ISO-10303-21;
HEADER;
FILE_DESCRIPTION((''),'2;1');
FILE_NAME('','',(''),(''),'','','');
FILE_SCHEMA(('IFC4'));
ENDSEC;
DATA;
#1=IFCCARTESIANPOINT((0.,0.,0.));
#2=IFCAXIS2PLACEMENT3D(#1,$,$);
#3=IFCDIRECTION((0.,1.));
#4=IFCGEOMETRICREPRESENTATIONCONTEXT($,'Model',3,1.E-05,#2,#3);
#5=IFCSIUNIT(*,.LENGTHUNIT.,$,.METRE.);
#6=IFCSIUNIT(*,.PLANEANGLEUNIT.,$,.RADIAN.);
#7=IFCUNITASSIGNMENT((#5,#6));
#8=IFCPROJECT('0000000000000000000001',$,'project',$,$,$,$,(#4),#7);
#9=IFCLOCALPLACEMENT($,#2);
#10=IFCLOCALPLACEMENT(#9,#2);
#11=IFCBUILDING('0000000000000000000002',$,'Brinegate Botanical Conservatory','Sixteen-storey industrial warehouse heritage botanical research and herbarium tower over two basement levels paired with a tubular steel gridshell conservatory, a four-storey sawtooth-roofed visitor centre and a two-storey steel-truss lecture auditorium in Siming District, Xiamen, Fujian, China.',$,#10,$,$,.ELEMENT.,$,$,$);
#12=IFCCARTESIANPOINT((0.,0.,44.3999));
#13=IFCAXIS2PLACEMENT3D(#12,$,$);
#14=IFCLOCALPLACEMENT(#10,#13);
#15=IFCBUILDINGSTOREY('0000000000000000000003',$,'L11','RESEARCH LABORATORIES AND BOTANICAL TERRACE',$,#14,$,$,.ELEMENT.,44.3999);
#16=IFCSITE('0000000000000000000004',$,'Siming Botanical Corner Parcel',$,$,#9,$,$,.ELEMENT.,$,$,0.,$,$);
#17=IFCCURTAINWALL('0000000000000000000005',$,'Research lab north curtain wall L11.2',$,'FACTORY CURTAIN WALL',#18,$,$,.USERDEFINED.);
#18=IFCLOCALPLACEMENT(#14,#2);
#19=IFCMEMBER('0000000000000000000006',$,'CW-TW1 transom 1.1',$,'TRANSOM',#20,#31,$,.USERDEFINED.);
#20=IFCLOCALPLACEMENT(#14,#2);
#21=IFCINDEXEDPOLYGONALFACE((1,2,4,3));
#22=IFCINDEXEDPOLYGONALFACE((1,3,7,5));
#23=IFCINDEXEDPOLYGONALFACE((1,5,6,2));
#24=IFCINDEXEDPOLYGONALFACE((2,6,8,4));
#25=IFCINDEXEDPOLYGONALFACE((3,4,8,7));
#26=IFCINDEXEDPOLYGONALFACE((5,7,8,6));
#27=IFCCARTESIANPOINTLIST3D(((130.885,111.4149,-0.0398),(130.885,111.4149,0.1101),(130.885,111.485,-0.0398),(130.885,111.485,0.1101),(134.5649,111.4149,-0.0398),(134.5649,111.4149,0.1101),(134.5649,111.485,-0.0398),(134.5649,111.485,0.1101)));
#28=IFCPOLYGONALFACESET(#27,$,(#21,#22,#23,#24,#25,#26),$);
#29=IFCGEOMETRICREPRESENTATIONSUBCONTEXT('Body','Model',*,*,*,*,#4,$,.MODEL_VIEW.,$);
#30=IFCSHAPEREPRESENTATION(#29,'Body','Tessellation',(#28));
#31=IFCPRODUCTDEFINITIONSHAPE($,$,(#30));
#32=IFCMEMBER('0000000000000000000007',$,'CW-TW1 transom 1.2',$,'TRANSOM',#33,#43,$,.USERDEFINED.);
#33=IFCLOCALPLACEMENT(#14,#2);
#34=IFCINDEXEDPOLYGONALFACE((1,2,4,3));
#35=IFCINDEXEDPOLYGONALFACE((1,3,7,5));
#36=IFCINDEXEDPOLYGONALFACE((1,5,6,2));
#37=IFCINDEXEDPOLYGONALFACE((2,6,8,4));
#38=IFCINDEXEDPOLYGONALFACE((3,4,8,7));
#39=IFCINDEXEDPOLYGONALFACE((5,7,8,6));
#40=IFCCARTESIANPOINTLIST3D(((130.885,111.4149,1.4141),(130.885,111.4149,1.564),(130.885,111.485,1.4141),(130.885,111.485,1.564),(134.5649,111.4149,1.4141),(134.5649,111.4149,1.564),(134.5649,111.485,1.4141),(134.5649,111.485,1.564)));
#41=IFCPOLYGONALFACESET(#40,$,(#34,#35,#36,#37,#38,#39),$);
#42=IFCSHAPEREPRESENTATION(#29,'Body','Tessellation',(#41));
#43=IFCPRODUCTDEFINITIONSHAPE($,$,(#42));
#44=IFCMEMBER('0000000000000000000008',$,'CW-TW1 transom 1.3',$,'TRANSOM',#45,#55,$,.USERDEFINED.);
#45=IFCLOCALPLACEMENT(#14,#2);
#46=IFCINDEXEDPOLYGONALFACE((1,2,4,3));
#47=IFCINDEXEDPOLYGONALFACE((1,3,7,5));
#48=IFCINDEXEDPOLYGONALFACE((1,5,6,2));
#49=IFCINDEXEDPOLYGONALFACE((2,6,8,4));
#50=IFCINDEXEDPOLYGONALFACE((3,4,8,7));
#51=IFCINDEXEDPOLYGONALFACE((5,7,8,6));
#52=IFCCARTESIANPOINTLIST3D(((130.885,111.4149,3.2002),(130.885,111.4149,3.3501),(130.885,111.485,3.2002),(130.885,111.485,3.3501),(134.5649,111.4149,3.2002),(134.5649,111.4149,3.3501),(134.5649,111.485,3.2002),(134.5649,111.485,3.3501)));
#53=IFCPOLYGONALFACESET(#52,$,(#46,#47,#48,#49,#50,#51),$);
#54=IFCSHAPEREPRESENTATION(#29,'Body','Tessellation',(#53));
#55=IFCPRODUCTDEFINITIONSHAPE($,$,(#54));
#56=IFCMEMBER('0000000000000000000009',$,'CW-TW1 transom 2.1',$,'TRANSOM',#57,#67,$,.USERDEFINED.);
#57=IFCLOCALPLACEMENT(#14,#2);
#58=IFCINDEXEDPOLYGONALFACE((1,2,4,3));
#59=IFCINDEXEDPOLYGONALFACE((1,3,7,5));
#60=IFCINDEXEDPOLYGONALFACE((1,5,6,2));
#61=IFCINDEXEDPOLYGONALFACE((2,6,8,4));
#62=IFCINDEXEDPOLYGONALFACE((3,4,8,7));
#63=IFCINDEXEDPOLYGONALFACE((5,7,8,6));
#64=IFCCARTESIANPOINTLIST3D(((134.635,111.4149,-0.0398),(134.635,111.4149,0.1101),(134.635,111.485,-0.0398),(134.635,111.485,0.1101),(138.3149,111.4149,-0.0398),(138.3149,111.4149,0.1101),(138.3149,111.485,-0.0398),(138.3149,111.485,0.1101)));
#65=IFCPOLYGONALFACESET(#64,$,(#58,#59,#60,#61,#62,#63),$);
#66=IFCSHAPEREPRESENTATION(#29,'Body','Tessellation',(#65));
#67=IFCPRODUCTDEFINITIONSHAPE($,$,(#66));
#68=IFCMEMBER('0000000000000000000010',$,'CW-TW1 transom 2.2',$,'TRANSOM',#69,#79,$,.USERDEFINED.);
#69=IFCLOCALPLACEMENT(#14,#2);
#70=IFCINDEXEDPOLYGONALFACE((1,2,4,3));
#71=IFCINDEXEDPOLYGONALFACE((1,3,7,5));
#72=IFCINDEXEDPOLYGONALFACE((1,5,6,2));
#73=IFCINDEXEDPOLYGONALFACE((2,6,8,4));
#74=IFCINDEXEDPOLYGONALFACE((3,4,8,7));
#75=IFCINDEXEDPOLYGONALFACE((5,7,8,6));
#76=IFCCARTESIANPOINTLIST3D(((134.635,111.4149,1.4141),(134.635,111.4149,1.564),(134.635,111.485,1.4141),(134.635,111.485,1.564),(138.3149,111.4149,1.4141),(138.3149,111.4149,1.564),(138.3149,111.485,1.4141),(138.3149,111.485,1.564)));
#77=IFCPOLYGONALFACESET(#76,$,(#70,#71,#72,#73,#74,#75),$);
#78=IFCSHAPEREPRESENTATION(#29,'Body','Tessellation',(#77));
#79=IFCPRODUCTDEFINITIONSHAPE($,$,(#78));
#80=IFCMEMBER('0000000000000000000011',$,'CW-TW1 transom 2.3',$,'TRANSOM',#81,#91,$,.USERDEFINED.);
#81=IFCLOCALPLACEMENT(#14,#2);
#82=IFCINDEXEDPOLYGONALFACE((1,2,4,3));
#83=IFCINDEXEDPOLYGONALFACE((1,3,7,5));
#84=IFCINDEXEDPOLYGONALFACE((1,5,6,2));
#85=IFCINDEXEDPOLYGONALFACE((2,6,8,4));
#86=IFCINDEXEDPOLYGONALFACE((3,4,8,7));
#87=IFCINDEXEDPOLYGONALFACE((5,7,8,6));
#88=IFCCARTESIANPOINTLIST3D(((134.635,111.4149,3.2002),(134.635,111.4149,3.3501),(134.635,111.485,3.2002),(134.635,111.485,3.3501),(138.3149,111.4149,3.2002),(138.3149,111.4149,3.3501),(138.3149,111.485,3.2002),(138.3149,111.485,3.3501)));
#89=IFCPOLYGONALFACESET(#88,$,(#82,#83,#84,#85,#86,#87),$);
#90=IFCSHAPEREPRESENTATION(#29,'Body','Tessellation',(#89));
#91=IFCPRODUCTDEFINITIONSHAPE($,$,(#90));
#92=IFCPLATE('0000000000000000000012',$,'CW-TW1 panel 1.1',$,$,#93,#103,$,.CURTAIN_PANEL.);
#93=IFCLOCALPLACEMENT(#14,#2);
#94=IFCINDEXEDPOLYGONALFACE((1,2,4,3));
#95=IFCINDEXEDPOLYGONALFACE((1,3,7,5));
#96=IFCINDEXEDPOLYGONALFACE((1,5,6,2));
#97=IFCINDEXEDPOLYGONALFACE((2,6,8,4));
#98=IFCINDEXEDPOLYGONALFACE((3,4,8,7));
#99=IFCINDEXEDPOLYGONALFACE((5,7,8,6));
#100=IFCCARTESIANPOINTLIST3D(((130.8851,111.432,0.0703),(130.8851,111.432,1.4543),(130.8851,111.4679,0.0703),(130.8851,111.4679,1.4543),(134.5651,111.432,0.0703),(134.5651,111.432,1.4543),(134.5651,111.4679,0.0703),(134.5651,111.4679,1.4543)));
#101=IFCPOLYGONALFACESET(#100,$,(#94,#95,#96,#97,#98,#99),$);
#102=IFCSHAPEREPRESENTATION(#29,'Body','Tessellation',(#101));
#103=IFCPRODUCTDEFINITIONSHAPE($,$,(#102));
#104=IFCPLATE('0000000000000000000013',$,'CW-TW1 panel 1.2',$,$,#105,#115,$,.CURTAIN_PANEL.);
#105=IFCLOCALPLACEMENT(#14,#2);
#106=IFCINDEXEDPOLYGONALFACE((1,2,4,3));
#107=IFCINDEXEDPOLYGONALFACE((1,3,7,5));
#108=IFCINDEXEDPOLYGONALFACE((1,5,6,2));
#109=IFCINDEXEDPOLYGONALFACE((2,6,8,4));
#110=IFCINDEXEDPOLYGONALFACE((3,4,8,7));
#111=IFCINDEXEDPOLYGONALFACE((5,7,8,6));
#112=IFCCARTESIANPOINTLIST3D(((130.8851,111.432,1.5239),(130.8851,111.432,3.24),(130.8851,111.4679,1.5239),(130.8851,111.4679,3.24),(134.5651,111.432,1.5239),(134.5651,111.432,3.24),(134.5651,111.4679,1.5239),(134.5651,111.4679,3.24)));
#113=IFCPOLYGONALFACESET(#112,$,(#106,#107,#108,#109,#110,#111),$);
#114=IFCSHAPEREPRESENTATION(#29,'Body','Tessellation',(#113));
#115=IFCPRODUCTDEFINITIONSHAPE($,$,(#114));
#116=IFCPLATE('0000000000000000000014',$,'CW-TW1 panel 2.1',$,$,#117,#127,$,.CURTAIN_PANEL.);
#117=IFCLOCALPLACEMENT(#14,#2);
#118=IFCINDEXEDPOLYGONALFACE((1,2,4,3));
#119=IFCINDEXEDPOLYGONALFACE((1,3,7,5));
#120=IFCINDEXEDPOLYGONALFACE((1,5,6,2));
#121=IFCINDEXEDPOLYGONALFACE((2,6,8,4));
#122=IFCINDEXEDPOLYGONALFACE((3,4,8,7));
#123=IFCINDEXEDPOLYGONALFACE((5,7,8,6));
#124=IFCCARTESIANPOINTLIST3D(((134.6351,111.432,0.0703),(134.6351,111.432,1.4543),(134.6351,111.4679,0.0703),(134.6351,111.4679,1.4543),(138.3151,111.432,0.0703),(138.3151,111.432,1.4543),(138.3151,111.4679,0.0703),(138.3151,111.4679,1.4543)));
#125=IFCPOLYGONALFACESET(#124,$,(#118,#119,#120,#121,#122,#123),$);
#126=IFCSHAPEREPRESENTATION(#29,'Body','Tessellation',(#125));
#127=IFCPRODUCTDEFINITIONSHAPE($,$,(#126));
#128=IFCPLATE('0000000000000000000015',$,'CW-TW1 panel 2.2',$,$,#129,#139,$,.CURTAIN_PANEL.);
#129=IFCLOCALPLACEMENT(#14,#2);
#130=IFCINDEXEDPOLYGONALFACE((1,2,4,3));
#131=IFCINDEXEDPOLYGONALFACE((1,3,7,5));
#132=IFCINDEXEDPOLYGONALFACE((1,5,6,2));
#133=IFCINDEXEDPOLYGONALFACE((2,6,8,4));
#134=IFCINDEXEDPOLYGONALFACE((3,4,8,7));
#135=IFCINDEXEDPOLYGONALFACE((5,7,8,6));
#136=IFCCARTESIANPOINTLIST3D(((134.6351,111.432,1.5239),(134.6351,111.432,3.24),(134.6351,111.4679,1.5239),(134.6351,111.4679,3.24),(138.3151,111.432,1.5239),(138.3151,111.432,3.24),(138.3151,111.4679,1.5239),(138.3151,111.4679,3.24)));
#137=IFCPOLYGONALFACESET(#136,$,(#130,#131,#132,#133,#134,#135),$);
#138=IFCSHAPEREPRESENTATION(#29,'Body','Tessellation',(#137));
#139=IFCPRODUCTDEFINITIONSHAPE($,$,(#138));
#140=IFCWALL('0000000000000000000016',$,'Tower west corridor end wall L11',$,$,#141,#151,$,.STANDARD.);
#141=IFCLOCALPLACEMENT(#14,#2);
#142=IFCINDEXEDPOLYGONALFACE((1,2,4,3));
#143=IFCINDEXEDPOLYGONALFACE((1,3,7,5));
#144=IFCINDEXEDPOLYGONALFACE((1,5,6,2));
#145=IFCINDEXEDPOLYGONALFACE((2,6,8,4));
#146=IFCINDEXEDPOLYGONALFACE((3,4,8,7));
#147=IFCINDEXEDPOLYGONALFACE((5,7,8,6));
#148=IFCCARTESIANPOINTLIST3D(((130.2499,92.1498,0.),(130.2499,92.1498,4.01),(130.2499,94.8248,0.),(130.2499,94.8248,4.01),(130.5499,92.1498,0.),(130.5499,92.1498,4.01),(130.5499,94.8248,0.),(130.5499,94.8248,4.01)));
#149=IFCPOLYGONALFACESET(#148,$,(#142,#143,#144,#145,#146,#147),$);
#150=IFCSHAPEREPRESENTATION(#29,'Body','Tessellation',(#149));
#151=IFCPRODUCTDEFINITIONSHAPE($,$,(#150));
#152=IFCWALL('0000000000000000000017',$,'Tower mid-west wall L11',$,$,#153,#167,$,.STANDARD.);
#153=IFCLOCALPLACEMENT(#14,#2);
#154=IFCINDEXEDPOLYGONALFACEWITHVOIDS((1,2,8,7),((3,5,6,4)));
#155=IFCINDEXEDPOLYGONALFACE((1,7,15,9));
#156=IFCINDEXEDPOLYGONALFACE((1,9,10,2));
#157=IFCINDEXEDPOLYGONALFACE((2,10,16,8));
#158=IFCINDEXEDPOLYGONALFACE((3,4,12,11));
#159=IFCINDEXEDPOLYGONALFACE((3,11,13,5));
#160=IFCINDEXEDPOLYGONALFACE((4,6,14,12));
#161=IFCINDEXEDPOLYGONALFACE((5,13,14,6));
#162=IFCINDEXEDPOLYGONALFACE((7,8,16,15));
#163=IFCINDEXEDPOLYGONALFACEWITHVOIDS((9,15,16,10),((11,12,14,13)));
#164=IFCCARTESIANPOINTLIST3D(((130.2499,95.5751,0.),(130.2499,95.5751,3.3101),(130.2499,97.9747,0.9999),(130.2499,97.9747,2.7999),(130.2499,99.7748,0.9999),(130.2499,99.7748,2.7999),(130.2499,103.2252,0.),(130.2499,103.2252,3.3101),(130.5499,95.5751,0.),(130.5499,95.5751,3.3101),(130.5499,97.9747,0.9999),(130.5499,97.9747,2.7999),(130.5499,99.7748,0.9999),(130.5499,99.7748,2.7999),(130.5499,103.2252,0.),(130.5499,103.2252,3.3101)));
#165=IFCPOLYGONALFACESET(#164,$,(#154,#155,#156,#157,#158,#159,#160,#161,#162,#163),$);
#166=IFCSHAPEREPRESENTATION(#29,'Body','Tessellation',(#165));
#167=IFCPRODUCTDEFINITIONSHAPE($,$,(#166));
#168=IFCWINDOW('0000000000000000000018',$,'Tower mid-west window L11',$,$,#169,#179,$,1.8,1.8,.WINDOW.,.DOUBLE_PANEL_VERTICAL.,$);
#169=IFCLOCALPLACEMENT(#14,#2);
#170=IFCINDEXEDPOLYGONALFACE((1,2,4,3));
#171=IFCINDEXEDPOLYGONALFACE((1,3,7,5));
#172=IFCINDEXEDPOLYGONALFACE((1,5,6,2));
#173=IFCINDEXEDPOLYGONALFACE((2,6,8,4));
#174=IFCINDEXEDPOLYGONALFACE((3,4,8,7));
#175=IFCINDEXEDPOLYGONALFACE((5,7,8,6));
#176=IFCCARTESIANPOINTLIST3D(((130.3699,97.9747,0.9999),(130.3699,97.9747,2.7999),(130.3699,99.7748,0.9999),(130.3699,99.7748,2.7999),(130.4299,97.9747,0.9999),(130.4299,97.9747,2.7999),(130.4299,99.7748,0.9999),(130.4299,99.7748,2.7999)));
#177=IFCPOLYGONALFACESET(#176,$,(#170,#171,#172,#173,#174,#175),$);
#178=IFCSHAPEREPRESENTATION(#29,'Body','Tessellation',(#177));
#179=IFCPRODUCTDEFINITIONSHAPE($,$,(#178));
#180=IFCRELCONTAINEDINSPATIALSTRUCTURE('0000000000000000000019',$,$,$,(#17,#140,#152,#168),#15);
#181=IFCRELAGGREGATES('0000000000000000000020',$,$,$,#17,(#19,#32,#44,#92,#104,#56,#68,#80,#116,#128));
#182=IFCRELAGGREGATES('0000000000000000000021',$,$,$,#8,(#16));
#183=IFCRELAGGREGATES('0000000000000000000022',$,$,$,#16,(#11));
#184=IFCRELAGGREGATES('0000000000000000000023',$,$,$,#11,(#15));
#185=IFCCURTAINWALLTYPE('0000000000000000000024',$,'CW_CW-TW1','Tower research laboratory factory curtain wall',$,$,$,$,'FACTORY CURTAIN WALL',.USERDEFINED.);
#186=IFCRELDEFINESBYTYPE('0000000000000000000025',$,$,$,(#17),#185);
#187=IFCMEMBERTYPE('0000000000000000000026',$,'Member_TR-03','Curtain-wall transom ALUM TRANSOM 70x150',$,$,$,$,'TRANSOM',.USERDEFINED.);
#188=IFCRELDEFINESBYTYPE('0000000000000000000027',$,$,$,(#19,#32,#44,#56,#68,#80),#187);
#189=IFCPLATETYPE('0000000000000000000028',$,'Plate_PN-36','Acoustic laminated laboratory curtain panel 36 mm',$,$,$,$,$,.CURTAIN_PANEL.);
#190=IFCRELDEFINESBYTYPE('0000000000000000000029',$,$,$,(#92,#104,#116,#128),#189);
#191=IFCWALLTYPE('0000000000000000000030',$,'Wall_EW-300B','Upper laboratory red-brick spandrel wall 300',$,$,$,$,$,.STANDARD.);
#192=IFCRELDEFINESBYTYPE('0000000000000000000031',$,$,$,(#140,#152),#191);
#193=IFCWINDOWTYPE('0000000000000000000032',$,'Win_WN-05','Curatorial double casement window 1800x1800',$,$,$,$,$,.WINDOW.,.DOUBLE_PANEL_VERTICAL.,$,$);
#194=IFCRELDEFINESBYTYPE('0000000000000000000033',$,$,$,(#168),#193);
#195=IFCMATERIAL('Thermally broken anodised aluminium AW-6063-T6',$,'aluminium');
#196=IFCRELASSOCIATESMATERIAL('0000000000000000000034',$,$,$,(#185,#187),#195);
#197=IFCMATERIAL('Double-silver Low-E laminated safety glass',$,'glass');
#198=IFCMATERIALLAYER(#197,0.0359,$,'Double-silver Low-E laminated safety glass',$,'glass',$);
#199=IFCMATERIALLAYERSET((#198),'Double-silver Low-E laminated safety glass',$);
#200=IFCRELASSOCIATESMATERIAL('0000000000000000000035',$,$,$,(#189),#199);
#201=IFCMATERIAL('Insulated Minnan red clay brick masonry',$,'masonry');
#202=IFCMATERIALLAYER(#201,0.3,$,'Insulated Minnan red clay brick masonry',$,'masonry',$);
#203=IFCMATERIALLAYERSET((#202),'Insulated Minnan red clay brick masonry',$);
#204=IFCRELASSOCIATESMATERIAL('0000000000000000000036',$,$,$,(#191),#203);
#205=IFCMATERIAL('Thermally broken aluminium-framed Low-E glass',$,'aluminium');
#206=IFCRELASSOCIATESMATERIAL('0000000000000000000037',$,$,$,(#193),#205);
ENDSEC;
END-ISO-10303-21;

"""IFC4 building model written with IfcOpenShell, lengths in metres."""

from ifc_helpers import new_model, si_unit, direction, frame, frame_2d, origin, origin_2d, place, context, subcontext, project, spatial, rectangle, extrude, material, layer, layer_set, material_profile, profile_set, type_object, element, fill, aggregate, save


model = new_model("IFC4")

# Units and contexts
model_context = context("Model", 3, precision=1e-05, world=origin(), true_north=direction((0.0, 1.0)))
body_context = subcontext(model_context, "Body", "Model", "MODEL_VIEW")
ifc_project = project(units=[si_unit("LENGTHUNIT", "METRE"), si_unit("PLANEANGLEUNIT", "RADIAN")], contexts=[model_context])

# Site, building, storey
site_placement = place(None, origin())
site = spatial("IfcSite", under=ifc_project, at=site_placement, Name="Siming Botanical Corner Parcel", CompositionType="ELEMENT", RefElevation=0.0)
building_placement = place(site_placement, origin())
building = spatial("IfcBuilding", under=site, at=building_placement, Name="Brinegate Botanical Conservatory", Description="Sixteen-storey industrial warehouse heritage botanical research and herbarium tower over two basement levels paired with a tubular steel gridshell conservatory, a four-storey sawtooth-roofed visitor centre and a two-storey steel-truss lecture auditorium in Siming District, Xiamen, Fujian, China.", CompositionType="ELEMENT")
storey_placement = place(building_placement, frame((0.0, 0.0, 44.3999)))
storey = spatial("IfcBuildingStorey", under=building, at=storey_placement, Name="L11", Description="RESEARCH LABORATORIES AND BOTANICAL TERRACE", CompositionType="ELEMENT", Elevation=44.3999)

# Curtain wall, members, plates
ifc_material_1 = material(Name="Thermally broken anodised aluminium AW-6063-T6", Category="aluminium")
curtain_wall_type = type_object("IfcCurtainWallType", Name="CW_CW-TW1", Description="Tower research laboratory factory curtain wall", ElementType="FACTORY CURTAIN WALL", PredefinedType="USERDEFINED", material=ifc_material_1)
curtain_wall_placement = place(storey_placement, origin())
curtain_wall = element("IfcCurtainWall", 1, at=curtain_wall_placement, inside=storey, type_object=curtain_wall_type, Name="Research lab north curtain wall L11.2", ObjectType="FACTORY CURTAIN WALL", PredefinedType="USERDEFINED")
ifc_material_profile_1 = material_profile(ifc_material_1, rectangle(XDim=0.0701, YDim=0.1499, at=origin_2d()), Name="ALUM TRANSOM 70x150")
ifc_profile_set_1 = profile_set([ifc_material_profile_1], Name="Thermally broken anodised aluminium AW-6063-T6")
member_type_1 = type_object("IfcMemberType", Name="Member_TR-03", Description="Curtain-wall transom ALUM TRANSOM 70x150", ElementType="TRANSOM", PredefinedType="USERDEFINED", material=ifc_profile_set_1)
member_1_placement = place(storey_placement, frame((130.885, 111.45, 0.0352), z_axis=(1.0, 0.0, 0.0), x_axis=(0.0, 1.0, 0.0)))
member_1 = element("IfcMember", 2, at=member_1_placement, type_object=member_type_1, Name="CW-TW1 transom 1.1", ObjectType="TRANSOM", PredefinedType="USERDEFINED", context=body_context, shape_type="SweptSolid", body=[
    extrude(rectangle(XDim=0.0701, YDim=0.1499, at=origin_2d()), origin(), (0.0, 0.0, 1.0), 3.6799),
])
member_2_placement = place(storey_placement, frame((130.885, 111.45, 1.489), z_axis=(1.0, 0.0, 0.0), x_axis=(0.0, 1.0, 0.0)))
member_2 = element("IfcMember", 3, at=member_2_placement, type_object=member_type_1, Name="CW-TW1 transom 1.2", ObjectType="TRANSOM", PredefinedType="USERDEFINED", context=body_context, shape_type="SweptSolid", body=[
    extrude(rectangle(XDim=0.0701, YDim=0.1499, at=origin_2d()), origin(), (0.0, 0.0, 1.0), 3.6799),
])
member_3_placement = place(storey_placement, frame((130.885, 111.45, 3.2751), z_axis=(1.0, 0.0, 0.0), x_axis=(0.0, 1.0, 0.0)))
member_3 = element("IfcMember", 4, at=member_3_placement, type_object=member_type_1, Name="CW-TW1 transom 1.3", ObjectType="TRANSOM", PredefinedType="USERDEFINED", context=body_context, shape_type="SweptSolid", body=[
    extrude(rectangle(XDim=0.0701, YDim=0.1499, at=origin_2d()), origin(), (0.0, 0.0, 1.0), 3.6799),
])
member_4_placement = place(storey_placement, frame((134.635, 111.45, 0.0352), z_axis=(1.0, 0.0, 0.0), x_axis=(0.0, 1.0, 0.0)))
member_4 = element("IfcMember", 5, at=member_4_placement, type_object=member_type_1, Name="CW-TW1 transom 2.1", ObjectType="TRANSOM", PredefinedType="USERDEFINED", context=body_context, shape_type="SweptSolid", body=[
    extrude(rectangle(XDim=0.0701, YDim=0.1499, at=origin_2d()), origin(), (0.0, 0.0, 1.0), 3.6799),
])
member_5_placement = place(storey_placement, frame((134.635, 111.45, 1.489), z_axis=(1.0, 0.0, 0.0), x_axis=(0.0, 1.0, 0.0)))
member_5 = element("IfcMember", 6, at=member_5_placement, type_object=member_type_1, Name="CW-TW1 transom 2.2", ObjectType="TRANSOM", PredefinedType="USERDEFINED", context=body_context, shape_type="SweptSolid", body=[
    extrude(rectangle(XDim=0.0701, YDim=0.1499, at=origin_2d()), origin(), (0.0, 0.0, 1.0), 3.6799),
])
member_6_placement = place(storey_placement, frame((134.635, 111.45, 3.2751), z_axis=(1.0, 0.0, 0.0), x_axis=(0.0, 1.0, 0.0)))
member_6 = element("IfcMember", 7, at=member_6_placement, type_object=member_type_1, Name="CW-TW1 transom 2.3", ObjectType="TRANSOM", PredefinedType="USERDEFINED", context=body_context, shape_type="SweptSolid", body=[
    extrude(rectangle(XDim=0.0701, YDim=0.1499, at=origin_2d()), origin(), (0.0, 0.0, 1.0), 3.6799),
])
ifc_material_2 = material(Name="Double-silver Low-E laminated safety glass", Category="glass")
ifc_layer_1 = layer(ifc_material_2, 0.0359, Name="Double-silver Low-E laminated safety glass", Category="glass")
ifc_layer_set_1 = layer_set([ifc_layer_1], Name="Double-silver Low-E laminated safety glass")
plate_type = type_object("IfcPlateType", Name="Plate_PN-36", Description="Acoustic laminated laboratory curtain panel 36 mm", PredefinedType="CURTAIN_PANEL", material=ifc_layer_set_1)
plate_1_placement = place(storey_placement, frame((132.7251, 111.45, 0.0703), z_axis=(0.0, 0.0, 1.0), x_axis=(1.0, 0.0, 0.0)))
plate_1 = element("IfcPlate", 8, at=plate_1_placement, type_object=plate_type, Name="CW-TW1 panel 1.1", PredefinedType="CURTAIN_PANEL", context=body_context, shape_type="SweptSolid", body=[
    extrude(rectangle(XDim=3.6799, YDim=0.0359, at=origin_2d()), origin(), (0.0, 0.0, 1.0), 1.384),
])
plate_2_placement = place(storey_placement, frame((132.7251, 111.45, 1.5239), z_axis=(0.0, 0.0, 1.0), x_axis=(1.0, 0.0, 0.0)))
plate_2 = element("IfcPlate", 9, at=plate_2_placement, type_object=plate_type, Name="CW-TW1 panel 1.2", PredefinedType="CURTAIN_PANEL", context=body_context, shape_type="SweptSolid", body=[
    extrude(rectangle(XDim=3.6799, YDim=0.0359, at=origin_2d()), origin(), (0.0, 0.0, 1.0), 1.7161),
])
plate_3_placement = place(storey_placement, frame((136.4751, 111.45, 0.0703), z_axis=(0.0, 0.0, 1.0), x_axis=(1.0, 0.0, 0.0)))
plate_3 = element("IfcPlate", 10, at=plate_3_placement, type_object=plate_type, Name="CW-TW1 panel 2.1", PredefinedType="CURTAIN_PANEL", context=body_context, shape_type="SweptSolid", body=[
    extrude(rectangle(XDim=3.6799, YDim=0.0359, at=origin_2d()), origin(), (0.0, 0.0, 1.0), 1.384),
])
plate_4_placement = place(storey_placement, frame((136.4751, 111.45, 1.5239), z_axis=(0.0, 0.0, 1.0), x_axis=(1.0, 0.0, 0.0)))
plate_4 = element("IfcPlate", 11, at=plate_4_placement, type_object=plate_type, Name="CW-TW1 panel 2.2", PredefinedType="CURTAIN_PANEL", context=body_context, shape_type="SweptSolid", body=[
    extrude(rectangle(XDim=3.6799, YDim=0.0359, at=origin_2d()), origin(), (0.0, 0.0, 1.0), 1.7161),
])
aggregate(curtain_wall, [member_1, member_2, member_3, plate_1, plate_2, member_4, member_5, member_6, plate_3, plate_4])

# Wall
ifc_material_3 = material(Name="Insulated Minnan red clay brick masonry", Category="masonry")
ifc_layer_2 = layer(ifc_material_3, 0.3, Name="Insulated Minnan red clay brick masonry", Category="masonry")
ifc_layer_set_2 = layer_set([ifc_layer_2], Name="Insulated Minnan red clay brick masonry")
wall_type_1 = type_object("IfcWallType", Name="Wall_EW-300B", Description="Upper laboratory red-brick spandrel wall 300", PredefinedType="STANDARD", material=ifc_layer_set_2)
wall_1_placement = place(storey_placement, frame((130.3999, 92.1499, 0.0), z_axis=(0.0, 0.0, 1.0), x_axis=(0.0, 1.0, 0.0)))
element("IfcWall", 12, at=wall_1_placement, inside=storey, type_object=wall_type_1, Name="Tower west corridor end wall L11", PredefinedType="STANDARD", context=body_context, shape_type="SweptSolid", body=[
    extrude(rectangle(XDim=2.675, YDim=0.3, at=frame_2d((1.3374, 0.0))), origin(), (0.0, 0.0, 1.0), 4.01),
])

# Wall, opening, window
wall_2_placement = place(storey_placement, frame((130.3999, 95.575, 0.0), z_axis=(0.0, 0.0, 1.0), x_axis=(0.0, 1.0, 0.0)))
wall_2 = element("IfcWall", 13, at=wall_2_placement, inside=storey, type_object=wall_type_1, Name="Tower mid-west wall L11", PredefinedType="STANDARD", context=body_context, shape_type="SweptSolid", body=[
    extrude(rectangle(XDim=7.6501, YDim=0.3, at=frame_2d((3.8252, 0.0))), origin(), (0.0, 0.0, 1.0), 3.3101),
])
opening_1_placement = place(wall_2_placement, frame((2.3999, 0.0, 1.0)))
opening_1 = element("IfcOpeningElement", 14, at=opening_1_placement, cuts=wall_2, PredefinedType="OPENING", context=body_context, shape_type="SweptSolid", body=[
    extrude(rectangle(XDim=1.8, YDim=1.8, at=frame_2d((0.8999, 0.8999))), frame((0.0, 0.1599, 0.0), z_axis=(0.0, -1.0, 0.0), x_axis=(1.0, 0.0, 0.0)), (0.0, 0.0, 1.0), 0.3201),
])
ifc_material_4 = material(Name="Thermally broken aluminium-framed Low-E glass", Category="aluminium")
window_type = type_object("IfcWindowType", Name="Win_WN-05", Description="Curatorial double casement window 1800x1800", PartitioningType="DOUBLE_PANEL_VERTICAL", PredefinedType="WINDOW", material=ifc_material_4)
window_placement = place(opening_1_placement, origin())
window = element("IfcWindow", 15, at=window_placement, inside=storey, type_object=window_type, Name="Tower mid-west window L11", OverallHeight=1.8, OverallWidth=1.8, PartitioningType="DOUBLE_PANEL_VERTICAL", PredefinedType="WINDOW", context=body_context, shape_type="SweptSolid", body=[
    extrude(rectangle(XDim=1.8, YDim=1.8, at=frame_2d((0.8999, 0.8999))), frame((0.0, 0.03, 0.0), z_axis=(0.0, -1.0, 0.0), x_axis=(1.0, 0.0, 0.0)), (0.0, 0.0, 1.0), 0.0601),
])
fill(opening_1, window)

save(model, "model.ifc")
